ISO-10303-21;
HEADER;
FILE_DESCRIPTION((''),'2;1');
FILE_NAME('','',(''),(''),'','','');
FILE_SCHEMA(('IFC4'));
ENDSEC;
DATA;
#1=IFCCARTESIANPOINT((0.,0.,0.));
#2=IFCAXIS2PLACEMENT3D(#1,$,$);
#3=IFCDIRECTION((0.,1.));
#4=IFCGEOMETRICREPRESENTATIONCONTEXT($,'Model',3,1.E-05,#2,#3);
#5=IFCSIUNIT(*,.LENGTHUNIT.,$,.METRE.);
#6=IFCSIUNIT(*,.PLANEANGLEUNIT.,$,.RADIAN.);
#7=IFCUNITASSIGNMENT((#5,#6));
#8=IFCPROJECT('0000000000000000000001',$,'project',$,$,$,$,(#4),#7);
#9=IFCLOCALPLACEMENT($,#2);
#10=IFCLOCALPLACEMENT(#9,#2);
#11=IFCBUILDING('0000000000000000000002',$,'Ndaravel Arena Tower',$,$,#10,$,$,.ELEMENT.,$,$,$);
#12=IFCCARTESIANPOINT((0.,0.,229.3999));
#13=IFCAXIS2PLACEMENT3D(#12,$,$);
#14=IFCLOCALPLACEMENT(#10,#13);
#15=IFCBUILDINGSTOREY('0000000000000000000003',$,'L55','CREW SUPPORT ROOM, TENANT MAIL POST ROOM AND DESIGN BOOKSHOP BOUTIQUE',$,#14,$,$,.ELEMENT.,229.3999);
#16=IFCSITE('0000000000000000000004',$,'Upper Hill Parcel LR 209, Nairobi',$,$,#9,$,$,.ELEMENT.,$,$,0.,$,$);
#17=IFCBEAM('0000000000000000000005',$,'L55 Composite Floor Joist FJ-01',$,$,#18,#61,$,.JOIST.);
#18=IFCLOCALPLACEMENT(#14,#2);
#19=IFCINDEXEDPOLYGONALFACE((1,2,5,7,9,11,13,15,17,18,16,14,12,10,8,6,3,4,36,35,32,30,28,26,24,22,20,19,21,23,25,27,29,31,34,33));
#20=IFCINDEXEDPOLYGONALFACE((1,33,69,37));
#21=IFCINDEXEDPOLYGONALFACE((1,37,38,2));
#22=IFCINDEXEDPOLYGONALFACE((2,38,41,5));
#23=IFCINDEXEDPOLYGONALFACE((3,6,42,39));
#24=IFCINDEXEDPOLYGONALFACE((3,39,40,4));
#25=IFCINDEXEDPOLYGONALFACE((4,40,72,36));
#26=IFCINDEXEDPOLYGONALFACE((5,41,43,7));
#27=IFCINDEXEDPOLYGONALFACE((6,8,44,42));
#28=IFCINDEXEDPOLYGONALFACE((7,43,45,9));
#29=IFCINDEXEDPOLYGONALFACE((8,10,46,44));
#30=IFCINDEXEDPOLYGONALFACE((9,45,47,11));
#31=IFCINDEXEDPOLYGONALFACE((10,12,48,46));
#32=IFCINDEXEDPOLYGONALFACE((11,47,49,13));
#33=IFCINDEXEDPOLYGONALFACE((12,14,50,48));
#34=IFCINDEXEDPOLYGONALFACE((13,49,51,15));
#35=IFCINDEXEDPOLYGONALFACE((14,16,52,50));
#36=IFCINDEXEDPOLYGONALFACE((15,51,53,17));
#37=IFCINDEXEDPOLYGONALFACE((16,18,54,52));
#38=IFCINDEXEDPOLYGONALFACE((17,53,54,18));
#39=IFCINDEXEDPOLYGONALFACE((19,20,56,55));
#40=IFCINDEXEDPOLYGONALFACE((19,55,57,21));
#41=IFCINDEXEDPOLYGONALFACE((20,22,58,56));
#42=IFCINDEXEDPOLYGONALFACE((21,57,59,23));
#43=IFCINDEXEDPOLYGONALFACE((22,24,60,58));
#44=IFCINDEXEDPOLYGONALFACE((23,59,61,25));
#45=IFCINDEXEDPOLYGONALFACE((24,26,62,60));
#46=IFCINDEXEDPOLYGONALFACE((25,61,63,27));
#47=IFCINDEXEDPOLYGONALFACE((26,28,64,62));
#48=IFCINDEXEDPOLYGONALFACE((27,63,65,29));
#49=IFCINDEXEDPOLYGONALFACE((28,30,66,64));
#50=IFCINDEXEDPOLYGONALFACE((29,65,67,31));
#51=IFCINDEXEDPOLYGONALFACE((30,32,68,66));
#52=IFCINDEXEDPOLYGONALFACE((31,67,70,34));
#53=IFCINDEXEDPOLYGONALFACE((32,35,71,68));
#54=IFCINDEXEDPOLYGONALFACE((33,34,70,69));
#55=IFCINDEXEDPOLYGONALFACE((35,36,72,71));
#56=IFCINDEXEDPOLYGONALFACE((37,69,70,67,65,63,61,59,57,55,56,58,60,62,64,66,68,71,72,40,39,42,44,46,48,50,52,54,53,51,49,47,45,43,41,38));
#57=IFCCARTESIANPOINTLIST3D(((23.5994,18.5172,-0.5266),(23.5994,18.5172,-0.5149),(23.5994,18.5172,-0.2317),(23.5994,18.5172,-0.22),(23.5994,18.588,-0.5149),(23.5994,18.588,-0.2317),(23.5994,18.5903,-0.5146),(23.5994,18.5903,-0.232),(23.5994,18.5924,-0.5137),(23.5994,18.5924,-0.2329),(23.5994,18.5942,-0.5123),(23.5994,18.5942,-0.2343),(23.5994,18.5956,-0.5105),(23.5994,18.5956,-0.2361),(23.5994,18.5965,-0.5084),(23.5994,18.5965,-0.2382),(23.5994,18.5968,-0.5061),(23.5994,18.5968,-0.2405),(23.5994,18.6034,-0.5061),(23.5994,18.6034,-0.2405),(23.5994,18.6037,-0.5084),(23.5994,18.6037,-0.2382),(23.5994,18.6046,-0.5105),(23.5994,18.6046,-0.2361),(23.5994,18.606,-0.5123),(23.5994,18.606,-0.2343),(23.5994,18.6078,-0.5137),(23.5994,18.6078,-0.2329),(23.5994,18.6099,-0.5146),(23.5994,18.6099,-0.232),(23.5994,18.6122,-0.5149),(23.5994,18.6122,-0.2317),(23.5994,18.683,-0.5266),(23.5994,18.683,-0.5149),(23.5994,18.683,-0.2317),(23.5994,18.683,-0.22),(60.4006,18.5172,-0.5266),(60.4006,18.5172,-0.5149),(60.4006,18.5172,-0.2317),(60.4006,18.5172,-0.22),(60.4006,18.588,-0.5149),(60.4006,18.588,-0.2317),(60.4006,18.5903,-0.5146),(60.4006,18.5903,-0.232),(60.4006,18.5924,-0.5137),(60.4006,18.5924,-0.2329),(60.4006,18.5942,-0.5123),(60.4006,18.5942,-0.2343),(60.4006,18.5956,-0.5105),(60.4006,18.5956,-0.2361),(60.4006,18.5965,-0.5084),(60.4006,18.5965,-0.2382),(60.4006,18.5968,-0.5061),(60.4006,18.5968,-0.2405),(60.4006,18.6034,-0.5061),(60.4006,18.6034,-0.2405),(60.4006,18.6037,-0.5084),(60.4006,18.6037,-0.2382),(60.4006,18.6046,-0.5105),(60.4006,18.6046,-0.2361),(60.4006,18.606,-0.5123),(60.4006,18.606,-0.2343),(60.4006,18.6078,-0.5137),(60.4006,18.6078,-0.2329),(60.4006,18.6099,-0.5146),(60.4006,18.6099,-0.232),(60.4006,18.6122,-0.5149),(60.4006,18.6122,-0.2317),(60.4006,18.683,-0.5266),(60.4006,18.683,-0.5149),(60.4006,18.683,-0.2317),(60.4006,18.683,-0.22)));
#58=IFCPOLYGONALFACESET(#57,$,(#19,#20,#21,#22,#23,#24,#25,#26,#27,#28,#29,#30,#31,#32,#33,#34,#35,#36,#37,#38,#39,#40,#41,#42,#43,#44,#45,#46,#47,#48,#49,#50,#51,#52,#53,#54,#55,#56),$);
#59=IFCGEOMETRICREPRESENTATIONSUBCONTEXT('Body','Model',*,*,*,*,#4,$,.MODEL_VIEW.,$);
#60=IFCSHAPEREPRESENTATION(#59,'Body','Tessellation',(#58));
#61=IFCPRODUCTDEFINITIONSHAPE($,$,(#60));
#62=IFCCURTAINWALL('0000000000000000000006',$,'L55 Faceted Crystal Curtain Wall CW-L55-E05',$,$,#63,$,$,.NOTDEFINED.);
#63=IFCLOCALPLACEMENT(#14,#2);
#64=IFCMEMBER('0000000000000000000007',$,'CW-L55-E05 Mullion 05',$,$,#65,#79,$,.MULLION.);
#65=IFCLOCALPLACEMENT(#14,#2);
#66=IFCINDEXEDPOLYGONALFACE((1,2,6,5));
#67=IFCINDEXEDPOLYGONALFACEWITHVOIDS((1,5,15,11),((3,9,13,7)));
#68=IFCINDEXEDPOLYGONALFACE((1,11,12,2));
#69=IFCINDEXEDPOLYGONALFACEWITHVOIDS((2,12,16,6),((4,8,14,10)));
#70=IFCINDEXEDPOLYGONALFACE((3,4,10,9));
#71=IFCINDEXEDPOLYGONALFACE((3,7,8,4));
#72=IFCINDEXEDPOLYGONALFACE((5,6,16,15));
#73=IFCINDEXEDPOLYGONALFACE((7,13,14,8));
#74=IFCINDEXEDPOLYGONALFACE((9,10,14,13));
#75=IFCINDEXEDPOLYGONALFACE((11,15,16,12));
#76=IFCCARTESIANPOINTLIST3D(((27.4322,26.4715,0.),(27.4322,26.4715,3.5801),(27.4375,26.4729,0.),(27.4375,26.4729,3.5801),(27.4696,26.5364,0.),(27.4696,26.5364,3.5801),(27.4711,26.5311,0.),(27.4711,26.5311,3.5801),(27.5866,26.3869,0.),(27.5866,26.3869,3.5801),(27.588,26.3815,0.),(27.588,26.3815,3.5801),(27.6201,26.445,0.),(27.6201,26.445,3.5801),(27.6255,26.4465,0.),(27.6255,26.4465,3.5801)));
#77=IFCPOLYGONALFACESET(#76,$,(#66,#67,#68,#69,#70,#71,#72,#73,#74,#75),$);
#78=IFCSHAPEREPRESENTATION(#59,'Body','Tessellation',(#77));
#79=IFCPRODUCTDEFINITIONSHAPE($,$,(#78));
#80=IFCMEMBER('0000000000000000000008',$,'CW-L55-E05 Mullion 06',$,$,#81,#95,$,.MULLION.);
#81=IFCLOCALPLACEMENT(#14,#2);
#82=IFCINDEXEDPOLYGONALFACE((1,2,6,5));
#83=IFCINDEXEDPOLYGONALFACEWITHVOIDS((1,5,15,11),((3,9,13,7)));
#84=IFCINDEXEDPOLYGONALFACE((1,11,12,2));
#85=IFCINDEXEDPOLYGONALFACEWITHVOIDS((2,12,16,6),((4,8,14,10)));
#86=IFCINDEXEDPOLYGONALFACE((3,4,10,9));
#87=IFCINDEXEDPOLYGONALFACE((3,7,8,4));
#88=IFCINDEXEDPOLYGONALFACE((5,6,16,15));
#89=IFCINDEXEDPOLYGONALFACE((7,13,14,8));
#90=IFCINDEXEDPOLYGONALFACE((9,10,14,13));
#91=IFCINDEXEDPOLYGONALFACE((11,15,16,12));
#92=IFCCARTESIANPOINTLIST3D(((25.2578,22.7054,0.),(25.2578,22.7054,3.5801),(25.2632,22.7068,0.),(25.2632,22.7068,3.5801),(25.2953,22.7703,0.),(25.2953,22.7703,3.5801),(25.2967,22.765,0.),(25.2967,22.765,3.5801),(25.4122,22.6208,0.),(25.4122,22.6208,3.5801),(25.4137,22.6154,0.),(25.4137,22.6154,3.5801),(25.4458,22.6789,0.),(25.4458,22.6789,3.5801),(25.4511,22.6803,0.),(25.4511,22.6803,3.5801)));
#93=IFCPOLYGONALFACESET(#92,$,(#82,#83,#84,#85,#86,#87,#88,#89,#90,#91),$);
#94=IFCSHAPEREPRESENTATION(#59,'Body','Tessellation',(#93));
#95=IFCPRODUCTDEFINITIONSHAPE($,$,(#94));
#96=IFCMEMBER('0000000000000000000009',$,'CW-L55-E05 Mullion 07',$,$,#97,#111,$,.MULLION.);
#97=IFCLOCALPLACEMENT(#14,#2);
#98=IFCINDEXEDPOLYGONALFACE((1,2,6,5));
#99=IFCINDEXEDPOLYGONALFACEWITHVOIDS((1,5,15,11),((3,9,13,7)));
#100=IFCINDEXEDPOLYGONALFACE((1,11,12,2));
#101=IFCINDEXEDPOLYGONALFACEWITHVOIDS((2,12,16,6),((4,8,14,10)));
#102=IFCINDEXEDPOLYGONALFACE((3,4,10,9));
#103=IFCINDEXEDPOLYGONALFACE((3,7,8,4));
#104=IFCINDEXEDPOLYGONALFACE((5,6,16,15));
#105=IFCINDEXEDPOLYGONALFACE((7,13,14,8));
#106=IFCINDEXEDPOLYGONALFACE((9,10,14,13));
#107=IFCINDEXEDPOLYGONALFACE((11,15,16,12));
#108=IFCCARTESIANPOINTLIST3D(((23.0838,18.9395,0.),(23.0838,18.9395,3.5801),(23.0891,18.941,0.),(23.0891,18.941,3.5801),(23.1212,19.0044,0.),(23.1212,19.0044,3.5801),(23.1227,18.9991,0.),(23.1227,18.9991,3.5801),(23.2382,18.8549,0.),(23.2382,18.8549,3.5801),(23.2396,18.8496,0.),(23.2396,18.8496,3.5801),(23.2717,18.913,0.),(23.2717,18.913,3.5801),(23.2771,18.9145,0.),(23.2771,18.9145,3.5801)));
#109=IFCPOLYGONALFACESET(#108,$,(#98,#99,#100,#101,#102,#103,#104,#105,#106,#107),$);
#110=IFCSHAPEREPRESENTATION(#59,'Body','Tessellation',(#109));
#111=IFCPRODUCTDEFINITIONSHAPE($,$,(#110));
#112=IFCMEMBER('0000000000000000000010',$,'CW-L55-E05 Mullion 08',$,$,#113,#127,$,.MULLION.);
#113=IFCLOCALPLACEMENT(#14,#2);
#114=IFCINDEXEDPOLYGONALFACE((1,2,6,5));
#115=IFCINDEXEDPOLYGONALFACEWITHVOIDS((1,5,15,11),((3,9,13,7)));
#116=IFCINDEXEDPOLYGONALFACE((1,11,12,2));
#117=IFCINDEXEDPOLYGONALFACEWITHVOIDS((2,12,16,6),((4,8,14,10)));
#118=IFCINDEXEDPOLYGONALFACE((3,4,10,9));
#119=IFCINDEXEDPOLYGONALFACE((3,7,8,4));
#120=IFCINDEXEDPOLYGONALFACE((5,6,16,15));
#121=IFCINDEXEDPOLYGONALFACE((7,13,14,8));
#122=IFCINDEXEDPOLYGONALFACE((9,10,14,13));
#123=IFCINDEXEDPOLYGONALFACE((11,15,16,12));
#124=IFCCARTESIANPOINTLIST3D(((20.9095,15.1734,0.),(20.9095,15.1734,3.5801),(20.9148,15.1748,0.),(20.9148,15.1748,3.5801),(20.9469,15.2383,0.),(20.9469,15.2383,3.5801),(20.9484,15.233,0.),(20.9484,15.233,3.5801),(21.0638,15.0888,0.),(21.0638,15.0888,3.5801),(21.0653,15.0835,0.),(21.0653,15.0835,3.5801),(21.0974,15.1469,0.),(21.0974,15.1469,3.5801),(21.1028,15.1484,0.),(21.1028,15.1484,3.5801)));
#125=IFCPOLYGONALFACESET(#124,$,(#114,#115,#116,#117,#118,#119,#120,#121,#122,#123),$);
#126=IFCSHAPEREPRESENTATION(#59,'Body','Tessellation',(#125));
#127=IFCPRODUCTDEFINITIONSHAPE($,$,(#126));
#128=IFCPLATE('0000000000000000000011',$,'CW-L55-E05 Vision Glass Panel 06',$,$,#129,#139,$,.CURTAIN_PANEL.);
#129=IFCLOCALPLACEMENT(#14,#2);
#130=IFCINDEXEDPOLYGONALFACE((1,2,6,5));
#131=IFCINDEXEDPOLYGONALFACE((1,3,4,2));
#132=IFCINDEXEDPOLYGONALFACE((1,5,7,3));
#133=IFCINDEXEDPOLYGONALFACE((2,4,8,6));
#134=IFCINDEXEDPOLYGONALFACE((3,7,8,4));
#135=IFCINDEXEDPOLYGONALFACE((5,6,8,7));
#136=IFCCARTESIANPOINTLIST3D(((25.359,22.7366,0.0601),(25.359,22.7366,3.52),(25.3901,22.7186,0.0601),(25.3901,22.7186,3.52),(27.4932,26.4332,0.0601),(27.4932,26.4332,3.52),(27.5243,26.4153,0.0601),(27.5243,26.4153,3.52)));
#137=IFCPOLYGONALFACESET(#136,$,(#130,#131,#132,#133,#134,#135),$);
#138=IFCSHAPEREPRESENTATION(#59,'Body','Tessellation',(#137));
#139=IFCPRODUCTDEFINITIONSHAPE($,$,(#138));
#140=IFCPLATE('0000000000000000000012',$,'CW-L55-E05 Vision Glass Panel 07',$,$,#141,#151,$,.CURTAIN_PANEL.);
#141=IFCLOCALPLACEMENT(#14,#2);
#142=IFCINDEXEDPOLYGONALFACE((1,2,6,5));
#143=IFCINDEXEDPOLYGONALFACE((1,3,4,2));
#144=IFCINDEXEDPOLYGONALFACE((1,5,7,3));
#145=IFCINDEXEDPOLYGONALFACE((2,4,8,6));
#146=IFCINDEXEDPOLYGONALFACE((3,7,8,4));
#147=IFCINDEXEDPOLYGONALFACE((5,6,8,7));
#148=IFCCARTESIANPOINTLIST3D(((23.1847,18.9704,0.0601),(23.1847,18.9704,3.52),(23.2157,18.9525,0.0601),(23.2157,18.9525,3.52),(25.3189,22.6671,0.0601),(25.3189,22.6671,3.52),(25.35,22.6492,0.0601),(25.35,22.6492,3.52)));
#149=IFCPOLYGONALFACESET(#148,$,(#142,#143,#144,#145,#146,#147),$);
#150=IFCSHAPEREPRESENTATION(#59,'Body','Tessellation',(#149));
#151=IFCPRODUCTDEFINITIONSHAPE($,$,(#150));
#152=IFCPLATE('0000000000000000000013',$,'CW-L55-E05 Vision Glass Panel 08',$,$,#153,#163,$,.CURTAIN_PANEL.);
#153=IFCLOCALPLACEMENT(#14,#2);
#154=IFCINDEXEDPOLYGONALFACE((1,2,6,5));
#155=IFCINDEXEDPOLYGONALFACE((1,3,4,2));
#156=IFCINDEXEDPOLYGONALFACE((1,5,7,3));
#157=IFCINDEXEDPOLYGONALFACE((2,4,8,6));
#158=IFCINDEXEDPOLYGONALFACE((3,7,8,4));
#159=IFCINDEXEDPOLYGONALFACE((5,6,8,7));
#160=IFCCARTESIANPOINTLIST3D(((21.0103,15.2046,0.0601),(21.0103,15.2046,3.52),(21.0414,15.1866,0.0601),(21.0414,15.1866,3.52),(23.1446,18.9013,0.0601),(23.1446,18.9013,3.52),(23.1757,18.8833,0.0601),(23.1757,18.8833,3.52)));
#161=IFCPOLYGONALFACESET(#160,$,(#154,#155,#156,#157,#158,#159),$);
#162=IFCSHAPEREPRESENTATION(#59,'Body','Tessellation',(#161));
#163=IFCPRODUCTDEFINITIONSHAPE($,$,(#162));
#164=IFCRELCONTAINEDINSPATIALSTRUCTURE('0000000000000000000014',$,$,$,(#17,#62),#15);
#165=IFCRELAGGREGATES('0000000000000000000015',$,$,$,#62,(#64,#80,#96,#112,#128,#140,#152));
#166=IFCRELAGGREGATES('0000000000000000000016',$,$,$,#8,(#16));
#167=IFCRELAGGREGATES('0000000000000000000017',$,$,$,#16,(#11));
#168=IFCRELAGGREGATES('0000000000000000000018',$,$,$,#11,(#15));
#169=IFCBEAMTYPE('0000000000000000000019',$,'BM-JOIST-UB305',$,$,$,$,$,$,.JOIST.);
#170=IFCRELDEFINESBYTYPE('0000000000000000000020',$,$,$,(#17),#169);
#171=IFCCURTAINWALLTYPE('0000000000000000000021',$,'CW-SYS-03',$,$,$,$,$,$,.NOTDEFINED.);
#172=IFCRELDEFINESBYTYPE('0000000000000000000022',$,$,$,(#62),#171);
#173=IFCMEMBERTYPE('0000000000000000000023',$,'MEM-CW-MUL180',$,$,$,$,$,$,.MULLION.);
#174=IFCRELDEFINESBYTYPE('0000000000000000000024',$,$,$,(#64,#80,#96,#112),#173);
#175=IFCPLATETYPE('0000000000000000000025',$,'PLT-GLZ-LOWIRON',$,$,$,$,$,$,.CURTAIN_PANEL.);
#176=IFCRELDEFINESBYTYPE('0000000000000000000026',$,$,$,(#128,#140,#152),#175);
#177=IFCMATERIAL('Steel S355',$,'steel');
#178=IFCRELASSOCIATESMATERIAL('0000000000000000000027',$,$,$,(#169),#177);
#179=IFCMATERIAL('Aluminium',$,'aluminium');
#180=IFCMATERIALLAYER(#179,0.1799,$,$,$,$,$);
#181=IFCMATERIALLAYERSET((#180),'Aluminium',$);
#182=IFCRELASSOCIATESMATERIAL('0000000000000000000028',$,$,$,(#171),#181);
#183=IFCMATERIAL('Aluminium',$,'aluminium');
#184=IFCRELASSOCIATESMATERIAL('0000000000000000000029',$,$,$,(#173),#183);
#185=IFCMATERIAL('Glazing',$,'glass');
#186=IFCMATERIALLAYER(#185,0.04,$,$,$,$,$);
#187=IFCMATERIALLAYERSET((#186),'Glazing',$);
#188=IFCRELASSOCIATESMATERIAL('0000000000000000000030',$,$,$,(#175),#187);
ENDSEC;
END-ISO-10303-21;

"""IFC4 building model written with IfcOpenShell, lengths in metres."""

from ifc_helpers import new_model, si_unit, direction, frame, origin, origin_2d, place, context, subcontext, project, spatial, rectangle, hollow_rectangle, i_section, extrude, material, layer, layer_set, material_profile, profile_set, type_object, element, aggregate, save


model = new_model("IFC4")

# Units and contexts
model_context = context("Model", 3, precision=1e-05, world=origin(), true_north=direction((0.0, 1.0)))
body_context = subcontext(model_context, "Body", "Model", "MODEL_VIEW")
ifc_project = project(units=[si_unit("LENGTHUNIT", "METRE"), si_unit("PLANEANGLEUNIT", "RADIAN")], contexts=[model_context])

# Site, building, storey
site_placement = place(None, origin())
site = spatial("IfcSite", under=ifc_project, at=site_placement, Name="Upper Hill Parcel LR 209, Nairobi", CompositionType="ELEMENT", RefElevation=0.0)
building_placement = place(site_placement, origin())
building = spatial("IfcBuilding", under=site, at=building_placement, Name="Ndaravel Arena Tower", CompositionType="ELEMENT")
storey_placement = place(building_placement, frame((0.0, 0.0, 229.3999)))
storey = spatial("IfcBuildingStorey", under=building, at=storey_placement, Name="L55", Description="CREW SUPPORT ROOM, TENANT MAIL POST ROOM AND DESIGN BOOKSHOP BOUTIQUE", CompositionType="ELEMENT", Elevation=229.3999)

# Beam
ifc_material_1 = material(Name="Steel S355", Category="steel")
ifc_material_profile_1 = material_profile(ifc_material_1, i_section(OverallWidth=0.1658, OverallDepth=0.3066, WebThickness=0.0066, FlangeThickness=0.0117, FilletRadius=0.0088, at=origin_2d()), Name="UB 305x165x46")
ifc_profile_set_1 = profile_set([ifc_material_profile_1], Name="Steel S355")
beam_type = type_object("IfcBeamType", Name="BM-JOIST-UB305", PredefinedType="JOIST", material=ifc_profile_set_1)
beam_placement = place(storey_placement, frame((23.5994, 18.6001, -0.3733), z_axis=(1.0, 0.0, 0.0), x_axis=(0.0, 1.0, 0.0)))
element("IfcBeam", 1, at=beam_placement, inside=storey, type_object=beam_type, Name="L55 Composite Floor Joist FJ-01", PredefinedType="JOIST", context=body_context, shape_type="SweptSolid", body=[
    extrude(i_section(OverallWidth=0.1658, OverallDepth=0.3066, WebThickness=0.0066, FlangeThickness=0.0117, FilletRadius=0.0088, at=origin_2d()), origin(), (0.0, 0.0, 1.0), 36.8013),
])

# Curtain wall, members, plates
ifc_material_2 = material(Name="Aluminium", Category="aluminium")
ifc_layer_1 = layer(ifc_material_2, 0.1799)
ifc_layer_set_1 = layer_set([ifc_layer_1], Name="Aluminium")
curtain_wall_type = type_object("IfcCurtainWallType", Name="CW-SYS-03", PredefinedType="NOTDEFINED", material=ifc_layer_set_1)
curtain_wall_placement = place(storey_placement, origin())
curtain_wall = element("IfcCurtainWall", 2, at=curtain_wall_placement, inside=storey, type_object=curtain_wall_type, Name="L55 Faceted Crystal Curtain Wall CW-L55-E05", PredefinedType="NOTDEFINED")
ifc_material_3 = material(Name="Aluminium", Category="aluminium")
ifc_material_profile_2 = material_profile(ifc_material_3, hollow_rectangle(XDim=0.075, YDim=0.1799, WallThickness=0.0039, at=origin_2d()), Name="CW MULLION 75x180x4")
ifc_profile_set_2 = profile_set([ifc_material_profile_2], Name="Aluminium")
member_type = type_object("IfcMemberType", Name="MEM-CW-MUL180", PredefinedType="MULLION", material=ifc_profile_set_2)
member_1_placement = place(storey_placement, frame((27.5288, 26.459, 0.0), z_axis=(0.0, 0.0, 1.0), x_axis=(-0.5, -0.866025, 0.0)))
member_1 = element("IfcMember", 3, at=member_1_placement, type_object=member_type, Name="CW-L55-E05 Mullion 05", PredefinedType="MULLION", context=body_context, shape_type="SweptSolid", body=[
    extrude(hollow_rectangle(XDim=0.075, YDim=0.1799, WallThickness=0.0039, at=origin_2d()), origin(), (0.0, 0.0, 1.0), 3.5801),
])
member_2_placement = place(storey_placement, frame((25.3545, 22.6929, 0.0), z_axis=(0.0, 0.0, 1.0), x_axis=(-0.5, -0.866025, 0.0)))
member_2 = element("IfcMember", 4, at=member_2_placement, type_object=member_type, Name="CW-L55-E05 Mullion 06", PredefinedType="MULLION", context=body_context, shape_type="SweptSolid", body=[
    extrude(hollow_rectangle(XDim=0.075, YDim=0.1799, WallThickness=0.0039, at=origin_2d()), origin(), (0.0, 0.0, 1.0), 3.5801),
])
member_3_placement = place(storey_placement, frame((23.1804, 18.927, 0.0), z_axis=(0.0, 0.0, 1.0), x_axis=(-0.5, -0.866025, 0.0)))
member_3 = element("IfcMember", 5, at=member_3_placement, type_object=member_type, Name="CW-L55-E05 Mullion 07", PredefinedType="MULLION", context=body_context, shape_type="SweptSolid", body=[
    extrude(hollow_rectangle(XDim=0.075, YDim=0.1799, WallThickness=0.0039, at=origin_2d()), origin(), (0.0, 0.0, 1.0), 3.5801),
])
member_4_placement = place(storey_placement, frame((21.0061, 15.1609, 0.0), z_axis=(0.0, 0.0, 1.0), x_axis=(-0.5, -0.866025, 0.0)))
member_4 = element("IfcMember", 6, at=member_4_placement, type_object=member_type, Name="CW-L55-E05 Mullion 08", PredefinedType="MULLION", context=body_context, shape_type="SweptSolid", body=[
    extrude(hollow_rectangle(XDim=0.075, YDim=0.1799, WallThickness=0.0039, at=origin_2d()), origin(), (0.0, 0.0, 1.0), 3.5801),
])
ifc_material_4 = material(Name="Glazing", Category="glass")
ifc_layer_2 = layer(ifc_material_4, 0.04)
ifc_layer_set_2 = layer_set([ifc_layer_2], Name="Glazing")
plate_type = type_object("IfcPlateType", Name="PLT-GLZ-LOWIRON", PredefinedType="CURTAIN_PANEL", material=ifc_layer_set_2)
plate_1_placement = place(storey_placement, frame((26.4417, 24.5759, 0.0601), z_axis=(0.0, 0.0, 1.0), x_axis=(-0.5, -0.866025, 0.0)))
plate_1 = element("IfcPlate", 7, at=plate_1_placement, type_object=plate_type, Name="CW-L55-E05 Vision Glass Panel 06", PredefinedType="CURTAIN_PANEL", context=body_context, shape_type="SweptSolid", body=[
    extrude(rectangle(XDim=4.2686, YDim=0.0359, at=origin_2d()), origin(), (0.0, 0.0, 1.0), 3.46),
])
plate_2_placement = place(storey_placement, frame((24.2673, 20.8098, 0.0601), z_axis=(0.0, 0.0, 1.0), x_axis=(-0.5, -0.866025, 0.0)))
plate_2 = element("IfcPlate", 8, at=plate_2_placement, type_object=plate_type, Name="CW-L55-E05 Vision Glass Panel 07", PredefinedType="CURTAIN_PANEL", context=body_context, shape_type="SweptSolid", body=[
    extrude(rectangle(XDim=4.2686, YDim=0.0359, at=origin_2d()), origin(), (0.0, 0.0, 1.0), 3.46),
])
plate_3_placement = place(storey_placement, frame((22.093, 17.0439, 0.0601), z_axis=(0.0, 0.0, 1.0), x_axis=(-0.5, -0.866025, 0.0)))
plate_3 = element("IfcPlate", 9, at=plate_3_placement, type_object=plate_type, Name="CW-L55-E05 Vision Glass Panel 08", PredefinedType="CURTAIN_PANEL", context=body_context, shape_type="SweptSolid", body=[
    extrude(rectangle(XDim=4.2686, YDim=0.0359, at=origin_2d()), origin(), (0.0, 0.0, 1.0), 3.46),
])
aggregate(curtain_wall, [member_1, member_2, member_3, member_4, plate_1, plate_2, plate_3])

save(model, "model.ifc")
